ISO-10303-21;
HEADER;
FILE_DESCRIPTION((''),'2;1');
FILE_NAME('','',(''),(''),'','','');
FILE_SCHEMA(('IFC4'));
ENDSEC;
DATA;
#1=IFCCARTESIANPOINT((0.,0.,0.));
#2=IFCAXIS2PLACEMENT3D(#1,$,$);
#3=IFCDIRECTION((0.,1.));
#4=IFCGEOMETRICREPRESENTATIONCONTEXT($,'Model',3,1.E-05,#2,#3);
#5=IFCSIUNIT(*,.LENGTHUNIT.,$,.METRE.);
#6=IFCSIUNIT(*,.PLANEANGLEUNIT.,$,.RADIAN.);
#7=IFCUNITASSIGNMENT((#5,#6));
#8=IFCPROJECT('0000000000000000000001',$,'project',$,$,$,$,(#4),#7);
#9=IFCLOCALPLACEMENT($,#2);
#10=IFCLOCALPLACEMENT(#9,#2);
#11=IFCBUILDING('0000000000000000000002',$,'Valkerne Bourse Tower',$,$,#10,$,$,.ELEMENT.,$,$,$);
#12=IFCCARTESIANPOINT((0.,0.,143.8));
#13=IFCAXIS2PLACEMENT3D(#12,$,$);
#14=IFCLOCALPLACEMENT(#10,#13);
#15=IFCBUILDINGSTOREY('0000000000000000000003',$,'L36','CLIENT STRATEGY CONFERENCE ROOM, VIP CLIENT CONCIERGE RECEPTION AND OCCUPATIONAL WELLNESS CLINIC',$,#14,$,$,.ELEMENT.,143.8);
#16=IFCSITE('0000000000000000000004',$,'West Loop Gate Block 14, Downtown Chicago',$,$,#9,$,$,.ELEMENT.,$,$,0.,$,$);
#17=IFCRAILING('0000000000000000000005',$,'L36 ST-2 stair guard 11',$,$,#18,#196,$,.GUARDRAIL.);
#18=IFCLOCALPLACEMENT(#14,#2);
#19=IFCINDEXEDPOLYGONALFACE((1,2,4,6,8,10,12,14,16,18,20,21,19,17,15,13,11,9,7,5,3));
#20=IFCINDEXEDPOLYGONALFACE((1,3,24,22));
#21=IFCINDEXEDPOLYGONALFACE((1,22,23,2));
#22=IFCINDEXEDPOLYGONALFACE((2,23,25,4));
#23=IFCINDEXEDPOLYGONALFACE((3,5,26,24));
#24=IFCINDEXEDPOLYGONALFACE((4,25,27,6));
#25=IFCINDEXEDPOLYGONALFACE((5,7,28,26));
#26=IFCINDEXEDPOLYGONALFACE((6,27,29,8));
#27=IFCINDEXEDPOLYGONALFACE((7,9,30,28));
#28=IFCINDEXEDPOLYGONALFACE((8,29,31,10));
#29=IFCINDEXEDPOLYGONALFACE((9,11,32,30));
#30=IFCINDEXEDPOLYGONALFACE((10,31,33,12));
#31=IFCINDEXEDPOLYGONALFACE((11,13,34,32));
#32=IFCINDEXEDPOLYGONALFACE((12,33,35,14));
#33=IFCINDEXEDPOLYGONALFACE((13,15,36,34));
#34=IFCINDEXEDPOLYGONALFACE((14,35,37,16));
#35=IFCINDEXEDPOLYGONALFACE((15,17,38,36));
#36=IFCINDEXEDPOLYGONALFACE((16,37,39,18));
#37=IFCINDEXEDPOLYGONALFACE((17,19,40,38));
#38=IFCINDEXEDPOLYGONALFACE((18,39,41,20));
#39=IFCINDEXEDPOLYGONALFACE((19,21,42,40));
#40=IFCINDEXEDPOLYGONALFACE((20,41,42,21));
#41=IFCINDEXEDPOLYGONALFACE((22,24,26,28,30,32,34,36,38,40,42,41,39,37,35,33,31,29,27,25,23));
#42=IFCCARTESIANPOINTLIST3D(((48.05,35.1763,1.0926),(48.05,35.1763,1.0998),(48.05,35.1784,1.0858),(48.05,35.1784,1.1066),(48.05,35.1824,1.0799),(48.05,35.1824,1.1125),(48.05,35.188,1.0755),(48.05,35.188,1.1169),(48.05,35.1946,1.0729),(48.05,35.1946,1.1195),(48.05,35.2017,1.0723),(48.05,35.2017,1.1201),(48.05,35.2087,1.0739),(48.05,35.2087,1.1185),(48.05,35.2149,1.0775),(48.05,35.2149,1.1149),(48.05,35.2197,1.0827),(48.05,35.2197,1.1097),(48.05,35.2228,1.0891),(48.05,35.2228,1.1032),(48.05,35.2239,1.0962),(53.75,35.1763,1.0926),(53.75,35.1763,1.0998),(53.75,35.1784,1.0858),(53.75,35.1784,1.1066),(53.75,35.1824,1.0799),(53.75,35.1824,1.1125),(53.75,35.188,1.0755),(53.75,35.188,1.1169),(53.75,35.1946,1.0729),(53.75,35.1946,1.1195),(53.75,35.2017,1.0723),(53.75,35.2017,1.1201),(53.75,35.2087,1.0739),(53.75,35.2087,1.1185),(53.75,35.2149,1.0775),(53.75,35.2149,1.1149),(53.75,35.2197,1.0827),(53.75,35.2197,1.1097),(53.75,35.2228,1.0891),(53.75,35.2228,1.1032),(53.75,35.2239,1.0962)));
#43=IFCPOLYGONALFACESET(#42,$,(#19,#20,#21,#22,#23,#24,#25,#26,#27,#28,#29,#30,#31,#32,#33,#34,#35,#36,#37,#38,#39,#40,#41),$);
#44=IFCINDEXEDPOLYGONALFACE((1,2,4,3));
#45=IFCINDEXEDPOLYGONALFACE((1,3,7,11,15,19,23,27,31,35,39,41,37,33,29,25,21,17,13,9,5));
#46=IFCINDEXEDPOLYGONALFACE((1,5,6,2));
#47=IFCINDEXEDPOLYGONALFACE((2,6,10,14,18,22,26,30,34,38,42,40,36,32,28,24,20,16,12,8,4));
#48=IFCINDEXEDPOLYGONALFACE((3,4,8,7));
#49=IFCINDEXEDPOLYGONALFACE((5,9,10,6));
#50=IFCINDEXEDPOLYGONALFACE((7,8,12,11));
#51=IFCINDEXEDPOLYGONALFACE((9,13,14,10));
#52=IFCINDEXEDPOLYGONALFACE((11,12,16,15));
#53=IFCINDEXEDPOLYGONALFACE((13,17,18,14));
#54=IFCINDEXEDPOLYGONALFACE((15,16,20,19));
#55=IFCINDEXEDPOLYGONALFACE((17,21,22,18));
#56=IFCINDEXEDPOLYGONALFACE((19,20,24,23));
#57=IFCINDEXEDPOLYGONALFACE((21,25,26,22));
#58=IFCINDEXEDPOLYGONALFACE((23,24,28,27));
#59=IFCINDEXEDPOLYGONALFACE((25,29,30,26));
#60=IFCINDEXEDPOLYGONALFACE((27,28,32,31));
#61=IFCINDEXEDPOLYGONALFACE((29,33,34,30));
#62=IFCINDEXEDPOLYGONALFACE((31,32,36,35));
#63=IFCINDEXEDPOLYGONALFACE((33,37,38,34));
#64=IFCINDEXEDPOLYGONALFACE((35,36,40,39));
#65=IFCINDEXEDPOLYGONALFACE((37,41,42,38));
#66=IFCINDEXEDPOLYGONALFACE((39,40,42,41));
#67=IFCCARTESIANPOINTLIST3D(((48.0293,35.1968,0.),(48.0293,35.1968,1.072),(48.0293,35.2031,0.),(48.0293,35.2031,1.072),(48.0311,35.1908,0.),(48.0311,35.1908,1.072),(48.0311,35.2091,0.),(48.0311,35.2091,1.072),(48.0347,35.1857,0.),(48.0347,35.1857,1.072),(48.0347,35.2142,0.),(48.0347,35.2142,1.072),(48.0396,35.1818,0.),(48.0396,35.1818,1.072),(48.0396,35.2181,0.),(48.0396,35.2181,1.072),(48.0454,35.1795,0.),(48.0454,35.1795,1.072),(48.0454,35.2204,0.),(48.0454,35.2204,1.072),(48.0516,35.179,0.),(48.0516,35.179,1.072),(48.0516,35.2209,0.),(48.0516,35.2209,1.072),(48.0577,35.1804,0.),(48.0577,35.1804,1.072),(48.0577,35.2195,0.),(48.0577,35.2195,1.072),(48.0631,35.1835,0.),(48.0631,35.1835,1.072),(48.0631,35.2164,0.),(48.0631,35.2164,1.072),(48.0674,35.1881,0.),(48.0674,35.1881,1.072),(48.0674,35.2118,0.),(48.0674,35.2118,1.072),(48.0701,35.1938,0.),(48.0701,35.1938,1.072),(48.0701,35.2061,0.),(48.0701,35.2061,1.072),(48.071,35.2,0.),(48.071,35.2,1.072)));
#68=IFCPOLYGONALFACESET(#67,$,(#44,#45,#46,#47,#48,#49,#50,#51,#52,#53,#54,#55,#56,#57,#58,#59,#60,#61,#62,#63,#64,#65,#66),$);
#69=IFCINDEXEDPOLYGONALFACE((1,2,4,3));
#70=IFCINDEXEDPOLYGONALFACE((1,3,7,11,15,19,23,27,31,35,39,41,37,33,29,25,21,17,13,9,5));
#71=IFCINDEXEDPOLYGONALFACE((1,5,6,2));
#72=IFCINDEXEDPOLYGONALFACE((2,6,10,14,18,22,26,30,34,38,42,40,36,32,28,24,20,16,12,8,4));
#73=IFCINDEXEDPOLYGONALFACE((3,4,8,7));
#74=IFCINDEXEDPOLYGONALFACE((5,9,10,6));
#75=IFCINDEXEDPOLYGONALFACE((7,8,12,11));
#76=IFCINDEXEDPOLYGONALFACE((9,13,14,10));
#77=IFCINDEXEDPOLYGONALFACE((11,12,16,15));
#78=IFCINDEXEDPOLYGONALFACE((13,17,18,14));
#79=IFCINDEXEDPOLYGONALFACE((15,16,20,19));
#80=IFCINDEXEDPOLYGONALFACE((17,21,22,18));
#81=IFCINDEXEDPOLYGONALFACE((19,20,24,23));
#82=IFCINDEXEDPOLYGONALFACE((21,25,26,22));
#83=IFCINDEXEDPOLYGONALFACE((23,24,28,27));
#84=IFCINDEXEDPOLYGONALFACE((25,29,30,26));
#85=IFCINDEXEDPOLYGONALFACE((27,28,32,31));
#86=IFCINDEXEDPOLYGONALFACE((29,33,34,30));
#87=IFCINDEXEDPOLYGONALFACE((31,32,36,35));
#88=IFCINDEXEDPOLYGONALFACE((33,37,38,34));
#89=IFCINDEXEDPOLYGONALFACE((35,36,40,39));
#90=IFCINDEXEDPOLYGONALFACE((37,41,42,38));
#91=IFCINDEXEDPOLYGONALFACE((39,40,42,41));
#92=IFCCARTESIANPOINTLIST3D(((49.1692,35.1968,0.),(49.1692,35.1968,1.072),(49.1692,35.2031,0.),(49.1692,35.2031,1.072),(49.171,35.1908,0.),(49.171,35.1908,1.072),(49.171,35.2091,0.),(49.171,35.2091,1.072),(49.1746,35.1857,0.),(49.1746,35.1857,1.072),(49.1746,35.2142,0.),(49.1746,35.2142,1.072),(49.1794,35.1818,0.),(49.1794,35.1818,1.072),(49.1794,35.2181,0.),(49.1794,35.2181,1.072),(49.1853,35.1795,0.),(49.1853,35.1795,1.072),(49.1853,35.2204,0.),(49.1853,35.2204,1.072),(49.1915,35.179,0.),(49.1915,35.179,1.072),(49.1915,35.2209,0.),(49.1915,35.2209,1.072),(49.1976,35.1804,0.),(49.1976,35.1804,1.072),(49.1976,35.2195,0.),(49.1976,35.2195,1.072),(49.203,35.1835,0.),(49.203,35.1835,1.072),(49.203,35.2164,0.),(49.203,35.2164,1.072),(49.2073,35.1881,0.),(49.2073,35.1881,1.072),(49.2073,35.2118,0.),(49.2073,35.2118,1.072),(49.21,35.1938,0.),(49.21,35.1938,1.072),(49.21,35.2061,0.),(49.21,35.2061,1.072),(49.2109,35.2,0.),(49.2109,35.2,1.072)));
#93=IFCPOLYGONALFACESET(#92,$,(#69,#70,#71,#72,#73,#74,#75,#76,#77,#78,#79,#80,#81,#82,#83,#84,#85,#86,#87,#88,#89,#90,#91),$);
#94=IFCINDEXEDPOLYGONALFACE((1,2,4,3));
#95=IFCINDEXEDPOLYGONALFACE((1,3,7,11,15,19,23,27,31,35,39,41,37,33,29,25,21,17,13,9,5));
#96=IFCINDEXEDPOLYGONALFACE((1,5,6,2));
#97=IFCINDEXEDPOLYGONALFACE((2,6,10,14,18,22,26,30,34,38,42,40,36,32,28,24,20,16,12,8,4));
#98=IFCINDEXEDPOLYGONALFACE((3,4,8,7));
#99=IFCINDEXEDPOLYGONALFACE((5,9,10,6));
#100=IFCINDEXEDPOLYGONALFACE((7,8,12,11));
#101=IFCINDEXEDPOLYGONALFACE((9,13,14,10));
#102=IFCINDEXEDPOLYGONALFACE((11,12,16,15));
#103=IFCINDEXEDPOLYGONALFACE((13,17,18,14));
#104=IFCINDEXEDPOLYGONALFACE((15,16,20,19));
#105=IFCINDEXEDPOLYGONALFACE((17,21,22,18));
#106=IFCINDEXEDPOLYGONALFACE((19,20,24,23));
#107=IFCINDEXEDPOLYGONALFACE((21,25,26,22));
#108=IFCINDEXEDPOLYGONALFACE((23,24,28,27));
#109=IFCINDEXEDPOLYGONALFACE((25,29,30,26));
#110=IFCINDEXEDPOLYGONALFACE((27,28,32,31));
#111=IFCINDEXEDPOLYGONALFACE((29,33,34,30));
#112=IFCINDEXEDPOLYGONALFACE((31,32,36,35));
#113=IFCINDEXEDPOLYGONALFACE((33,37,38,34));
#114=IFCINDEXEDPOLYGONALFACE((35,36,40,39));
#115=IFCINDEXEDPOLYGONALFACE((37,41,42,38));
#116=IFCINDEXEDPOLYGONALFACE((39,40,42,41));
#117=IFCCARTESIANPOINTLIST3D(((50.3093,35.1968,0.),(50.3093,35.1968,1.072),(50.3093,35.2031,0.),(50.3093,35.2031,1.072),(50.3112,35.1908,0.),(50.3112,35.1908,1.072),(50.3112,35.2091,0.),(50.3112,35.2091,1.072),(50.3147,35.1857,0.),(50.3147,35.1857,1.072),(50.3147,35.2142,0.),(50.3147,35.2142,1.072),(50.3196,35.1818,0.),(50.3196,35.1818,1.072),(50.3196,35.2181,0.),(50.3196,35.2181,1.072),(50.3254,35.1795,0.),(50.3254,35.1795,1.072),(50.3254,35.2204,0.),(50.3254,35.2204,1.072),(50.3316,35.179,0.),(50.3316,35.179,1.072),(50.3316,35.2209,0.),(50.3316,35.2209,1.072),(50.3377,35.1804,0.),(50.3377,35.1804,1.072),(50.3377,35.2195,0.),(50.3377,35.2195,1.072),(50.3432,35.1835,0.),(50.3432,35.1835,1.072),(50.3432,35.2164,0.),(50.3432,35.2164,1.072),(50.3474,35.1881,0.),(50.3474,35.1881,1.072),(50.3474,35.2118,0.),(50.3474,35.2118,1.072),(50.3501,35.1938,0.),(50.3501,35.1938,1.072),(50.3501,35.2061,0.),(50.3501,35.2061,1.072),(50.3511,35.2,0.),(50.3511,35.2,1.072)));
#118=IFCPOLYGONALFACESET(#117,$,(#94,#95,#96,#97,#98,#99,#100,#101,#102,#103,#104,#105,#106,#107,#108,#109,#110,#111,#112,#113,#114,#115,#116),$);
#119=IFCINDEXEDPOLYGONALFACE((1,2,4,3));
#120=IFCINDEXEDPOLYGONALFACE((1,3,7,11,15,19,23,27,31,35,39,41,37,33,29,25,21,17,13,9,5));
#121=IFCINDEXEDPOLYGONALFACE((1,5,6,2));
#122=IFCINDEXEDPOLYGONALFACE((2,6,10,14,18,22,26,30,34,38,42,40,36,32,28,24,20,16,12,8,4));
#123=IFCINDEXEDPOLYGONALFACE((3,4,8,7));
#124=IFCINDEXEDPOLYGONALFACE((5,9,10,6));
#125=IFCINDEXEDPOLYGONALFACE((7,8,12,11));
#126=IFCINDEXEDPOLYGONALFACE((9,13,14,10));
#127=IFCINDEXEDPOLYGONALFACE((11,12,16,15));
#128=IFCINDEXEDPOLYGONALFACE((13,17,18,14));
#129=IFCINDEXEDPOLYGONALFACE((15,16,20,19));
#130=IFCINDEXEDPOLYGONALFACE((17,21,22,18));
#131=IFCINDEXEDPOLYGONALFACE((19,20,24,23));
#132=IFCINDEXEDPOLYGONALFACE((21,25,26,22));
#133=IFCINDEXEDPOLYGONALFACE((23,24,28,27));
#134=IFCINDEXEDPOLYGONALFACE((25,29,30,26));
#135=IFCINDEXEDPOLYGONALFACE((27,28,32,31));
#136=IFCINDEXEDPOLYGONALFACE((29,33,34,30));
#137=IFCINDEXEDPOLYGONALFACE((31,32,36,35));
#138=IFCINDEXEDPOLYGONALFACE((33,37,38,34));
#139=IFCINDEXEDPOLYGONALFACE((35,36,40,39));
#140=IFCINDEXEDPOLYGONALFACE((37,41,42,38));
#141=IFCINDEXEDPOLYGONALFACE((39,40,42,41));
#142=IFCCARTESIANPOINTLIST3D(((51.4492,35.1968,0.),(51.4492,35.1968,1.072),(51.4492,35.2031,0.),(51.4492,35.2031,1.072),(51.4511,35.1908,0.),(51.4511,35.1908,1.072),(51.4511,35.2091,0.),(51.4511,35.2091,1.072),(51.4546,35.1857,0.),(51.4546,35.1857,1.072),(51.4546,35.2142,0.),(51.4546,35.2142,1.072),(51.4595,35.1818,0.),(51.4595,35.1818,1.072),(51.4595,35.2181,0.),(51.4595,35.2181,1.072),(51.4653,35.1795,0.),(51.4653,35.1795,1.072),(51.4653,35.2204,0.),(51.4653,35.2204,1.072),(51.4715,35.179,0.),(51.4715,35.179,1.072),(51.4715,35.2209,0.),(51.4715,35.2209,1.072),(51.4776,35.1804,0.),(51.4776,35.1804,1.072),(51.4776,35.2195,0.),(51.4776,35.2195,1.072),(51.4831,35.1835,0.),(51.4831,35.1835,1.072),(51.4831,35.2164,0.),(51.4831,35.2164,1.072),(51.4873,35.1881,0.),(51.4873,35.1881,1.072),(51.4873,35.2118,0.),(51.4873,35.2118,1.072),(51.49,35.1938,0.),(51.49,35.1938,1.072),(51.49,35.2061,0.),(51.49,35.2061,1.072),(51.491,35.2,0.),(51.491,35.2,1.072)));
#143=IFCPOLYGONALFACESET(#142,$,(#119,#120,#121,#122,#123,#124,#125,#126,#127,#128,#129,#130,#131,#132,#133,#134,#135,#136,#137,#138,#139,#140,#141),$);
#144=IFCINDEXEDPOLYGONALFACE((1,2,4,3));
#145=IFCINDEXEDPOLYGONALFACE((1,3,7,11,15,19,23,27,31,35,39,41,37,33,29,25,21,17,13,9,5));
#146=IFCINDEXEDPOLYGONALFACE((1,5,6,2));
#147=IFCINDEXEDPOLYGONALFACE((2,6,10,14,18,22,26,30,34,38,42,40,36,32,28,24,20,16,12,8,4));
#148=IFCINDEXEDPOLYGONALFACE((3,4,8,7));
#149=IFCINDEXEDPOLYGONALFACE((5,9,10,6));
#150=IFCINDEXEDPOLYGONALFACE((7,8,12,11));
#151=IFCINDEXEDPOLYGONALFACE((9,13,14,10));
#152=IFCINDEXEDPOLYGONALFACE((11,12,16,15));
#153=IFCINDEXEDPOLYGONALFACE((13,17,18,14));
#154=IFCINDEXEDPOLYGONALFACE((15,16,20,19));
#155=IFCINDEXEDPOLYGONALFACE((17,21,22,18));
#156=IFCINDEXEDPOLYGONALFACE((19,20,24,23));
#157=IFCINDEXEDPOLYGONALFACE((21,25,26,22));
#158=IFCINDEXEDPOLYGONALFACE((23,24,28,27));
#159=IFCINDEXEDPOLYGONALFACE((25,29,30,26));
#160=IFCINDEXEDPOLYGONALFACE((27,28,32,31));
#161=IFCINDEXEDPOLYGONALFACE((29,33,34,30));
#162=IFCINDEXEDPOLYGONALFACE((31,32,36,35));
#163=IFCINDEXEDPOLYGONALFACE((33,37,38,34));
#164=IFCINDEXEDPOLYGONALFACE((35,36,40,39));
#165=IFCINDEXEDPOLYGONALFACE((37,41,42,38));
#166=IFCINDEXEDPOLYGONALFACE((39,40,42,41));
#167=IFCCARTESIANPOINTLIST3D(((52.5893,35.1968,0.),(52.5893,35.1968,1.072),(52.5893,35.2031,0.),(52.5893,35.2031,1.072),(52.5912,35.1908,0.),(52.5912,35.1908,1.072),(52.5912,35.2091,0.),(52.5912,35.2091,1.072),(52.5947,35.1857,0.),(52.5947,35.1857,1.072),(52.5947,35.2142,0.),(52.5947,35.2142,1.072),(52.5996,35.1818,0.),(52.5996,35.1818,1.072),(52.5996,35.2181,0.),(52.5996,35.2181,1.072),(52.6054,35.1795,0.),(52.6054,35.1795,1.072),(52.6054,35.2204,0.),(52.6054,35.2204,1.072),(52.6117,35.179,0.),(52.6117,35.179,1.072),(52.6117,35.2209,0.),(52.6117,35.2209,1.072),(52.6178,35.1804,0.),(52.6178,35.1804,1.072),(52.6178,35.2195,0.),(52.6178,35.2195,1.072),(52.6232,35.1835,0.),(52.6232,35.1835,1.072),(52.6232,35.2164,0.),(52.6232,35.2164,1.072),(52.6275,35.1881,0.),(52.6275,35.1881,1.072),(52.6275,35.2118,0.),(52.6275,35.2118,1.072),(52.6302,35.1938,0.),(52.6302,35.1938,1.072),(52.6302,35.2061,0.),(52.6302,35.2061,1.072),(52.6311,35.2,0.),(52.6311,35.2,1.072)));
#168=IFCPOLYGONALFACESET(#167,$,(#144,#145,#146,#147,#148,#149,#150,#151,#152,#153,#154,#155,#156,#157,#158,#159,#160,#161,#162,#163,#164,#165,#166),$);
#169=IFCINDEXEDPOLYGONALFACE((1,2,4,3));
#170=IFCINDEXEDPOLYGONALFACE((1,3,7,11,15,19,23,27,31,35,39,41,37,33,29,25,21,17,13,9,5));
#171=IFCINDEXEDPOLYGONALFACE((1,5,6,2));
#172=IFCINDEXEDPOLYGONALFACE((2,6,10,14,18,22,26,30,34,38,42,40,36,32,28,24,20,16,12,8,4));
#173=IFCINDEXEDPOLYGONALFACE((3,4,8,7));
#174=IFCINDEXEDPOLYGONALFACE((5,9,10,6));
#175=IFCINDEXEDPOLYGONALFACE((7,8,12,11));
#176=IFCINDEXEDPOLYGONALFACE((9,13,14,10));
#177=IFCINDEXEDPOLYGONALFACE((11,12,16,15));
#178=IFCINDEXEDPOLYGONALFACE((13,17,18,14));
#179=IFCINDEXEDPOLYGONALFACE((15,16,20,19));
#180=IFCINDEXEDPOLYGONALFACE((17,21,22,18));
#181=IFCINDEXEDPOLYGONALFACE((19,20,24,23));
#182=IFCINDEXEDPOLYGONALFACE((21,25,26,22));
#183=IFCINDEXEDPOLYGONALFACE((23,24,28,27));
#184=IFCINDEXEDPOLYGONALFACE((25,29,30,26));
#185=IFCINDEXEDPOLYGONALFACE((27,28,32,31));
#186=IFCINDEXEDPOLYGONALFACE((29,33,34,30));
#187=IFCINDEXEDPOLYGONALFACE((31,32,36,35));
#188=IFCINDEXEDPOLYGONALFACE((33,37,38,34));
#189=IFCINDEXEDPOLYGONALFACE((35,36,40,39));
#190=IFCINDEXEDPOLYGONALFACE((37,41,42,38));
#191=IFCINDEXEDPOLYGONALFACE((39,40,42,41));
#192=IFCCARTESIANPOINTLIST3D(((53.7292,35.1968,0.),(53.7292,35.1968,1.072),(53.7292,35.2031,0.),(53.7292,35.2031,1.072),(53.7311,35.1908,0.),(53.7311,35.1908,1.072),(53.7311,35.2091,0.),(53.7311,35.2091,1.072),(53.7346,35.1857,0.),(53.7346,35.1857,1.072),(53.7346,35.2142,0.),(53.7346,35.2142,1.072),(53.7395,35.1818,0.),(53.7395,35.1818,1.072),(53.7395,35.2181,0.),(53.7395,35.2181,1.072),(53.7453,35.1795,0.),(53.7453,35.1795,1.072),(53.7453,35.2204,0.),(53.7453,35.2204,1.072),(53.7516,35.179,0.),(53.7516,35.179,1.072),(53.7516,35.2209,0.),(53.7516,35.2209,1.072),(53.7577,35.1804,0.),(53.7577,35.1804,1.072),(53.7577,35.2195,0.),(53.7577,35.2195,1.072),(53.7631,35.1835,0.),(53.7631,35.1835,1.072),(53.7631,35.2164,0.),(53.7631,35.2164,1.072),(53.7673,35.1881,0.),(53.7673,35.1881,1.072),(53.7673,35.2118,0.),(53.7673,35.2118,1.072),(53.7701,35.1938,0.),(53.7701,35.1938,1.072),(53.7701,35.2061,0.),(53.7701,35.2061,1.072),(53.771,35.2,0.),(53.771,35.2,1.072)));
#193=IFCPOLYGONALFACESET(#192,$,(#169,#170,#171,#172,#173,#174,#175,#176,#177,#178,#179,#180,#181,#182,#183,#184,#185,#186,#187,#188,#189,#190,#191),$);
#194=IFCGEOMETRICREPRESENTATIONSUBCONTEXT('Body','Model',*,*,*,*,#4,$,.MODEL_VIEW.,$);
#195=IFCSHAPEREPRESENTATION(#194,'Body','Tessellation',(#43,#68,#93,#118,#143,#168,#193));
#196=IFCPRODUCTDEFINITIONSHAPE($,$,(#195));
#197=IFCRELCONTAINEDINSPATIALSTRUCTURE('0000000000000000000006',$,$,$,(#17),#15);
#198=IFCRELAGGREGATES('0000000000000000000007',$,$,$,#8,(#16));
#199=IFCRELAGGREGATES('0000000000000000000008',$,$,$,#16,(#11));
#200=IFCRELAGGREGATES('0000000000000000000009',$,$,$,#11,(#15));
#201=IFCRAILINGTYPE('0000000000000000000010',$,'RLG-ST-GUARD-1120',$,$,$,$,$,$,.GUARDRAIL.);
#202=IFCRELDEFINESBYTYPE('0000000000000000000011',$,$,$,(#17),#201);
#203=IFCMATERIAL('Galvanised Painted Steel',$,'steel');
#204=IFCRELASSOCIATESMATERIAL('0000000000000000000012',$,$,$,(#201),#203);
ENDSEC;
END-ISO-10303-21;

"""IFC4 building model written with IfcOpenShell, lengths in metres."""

from ifc_helpers import new_model, si_unit, direction, frame, origin, origin_2d, place, context, subcontext, project, spatial, circle, extrude, material, type_object, element, save


model = new_model("IFC4")

# Units and contexts
model_context = context("Model", 3, precision=1e-05, world=origin(), true_north=direction((0.0, 1.0)))
body_context = subcontext(model_context, "Body", "Model", "MODEL_VIEW")
ifc_project = project(units=[si_unit("LENGTHUNIT", "METRE"), si_unit("PLANEANGLEUNIT", "RADIAN")], contexts=[model_context])

# Site, building, storey
site_placement = place(None, origin())
site = spatial("IfcSite", under=ifc_project, at=site_placement, Name="West Loop Gate Block 14, Downtown Chicago", CompositionType="ELEMENT", RefElevation=0.0)
building_placement = place(site_placement, origin())
building = spatial("IfcBuilding", under=site, at=building_placement, Name="Valkerne Bourse Tower", CompositionType="ELEMENT")
storey_placement = place(building_placement, frame((0.0, 0.0, 143.8)))
storey = spatial("IfcBuildingStorey", under=building, at=storey_placement, Name="L36", Description="CLIENT STRATEGY CONFERENCE ROOM, VIP CLIENT CONCIERGE RECEPTION AND OCCUPATIONAL WELLNESS CLINIC", CompositionType="ELEMENT", Elevation=143.8)

# Shared definitions
ifc_material_1 = material(Name="Galvanised Painted Steel", Category="steel")

# Railing
railing_type = type_object("IfcRailingType", Name="RLG-ST-GUARD-1120", PredefinedType="GUARDRAIL", material=ifc_material_1)
for number, where, name in (
    (1, (48.05, 35.2, 0.0), "L36 ST-2 stair guard 11"),
):
    element("IfcRailing", number, at=place(storey_placement, frame(where)), inside=storey, type_object=railing_type, Name=name, PredefinedType="GUARDRAIL", context=body_context, shape_type="SweptSolid", body=[
        extrude(circle(Radius=0.0239, at=origin_2d()), frame((0.0, 0.0, 1.0962), z_axis=(1.0, 0.0, 0.0), x_axis=(0.0, 1.0, 0.0)), (0.0, 0.0, 1.0), 5.7),
        extrude(circle(Radius=0.021, at=origin_2d()), origin(), (0.0, 0.0, 1.0), 1.072),
        extrude(circle(Radius=0.021, at=origin_2d()), frame((1.1399, 0.0, 0.0)), (0.0, 0.0, 1.0), 1.072),
        extrude(circle(Radius=0.021, at=origin_2d()), frame((2.28, 0.0, 0.0)), (0.0, 0.0, 1.0), 1.072),
        extrude(circle(Radius=0.021, at=origin_2d()), frame((3.4199, 0.0, 0.0)), (0.0, 0.0, 1.0), 1.072),
        extrude(circle(Radius=0.021, at=origin_2d()), frame((4.5601, 0.0, 0.0)), (0.0, 0.0, 1.0), 1.072),
        extrude(circle(Radius=0.021, at=origin_2d()), frame((5.7, 0.0, 0.0)), (0.0, 0.0, 1.0), 1.072),
    ])

save(model, "model.ifc")
